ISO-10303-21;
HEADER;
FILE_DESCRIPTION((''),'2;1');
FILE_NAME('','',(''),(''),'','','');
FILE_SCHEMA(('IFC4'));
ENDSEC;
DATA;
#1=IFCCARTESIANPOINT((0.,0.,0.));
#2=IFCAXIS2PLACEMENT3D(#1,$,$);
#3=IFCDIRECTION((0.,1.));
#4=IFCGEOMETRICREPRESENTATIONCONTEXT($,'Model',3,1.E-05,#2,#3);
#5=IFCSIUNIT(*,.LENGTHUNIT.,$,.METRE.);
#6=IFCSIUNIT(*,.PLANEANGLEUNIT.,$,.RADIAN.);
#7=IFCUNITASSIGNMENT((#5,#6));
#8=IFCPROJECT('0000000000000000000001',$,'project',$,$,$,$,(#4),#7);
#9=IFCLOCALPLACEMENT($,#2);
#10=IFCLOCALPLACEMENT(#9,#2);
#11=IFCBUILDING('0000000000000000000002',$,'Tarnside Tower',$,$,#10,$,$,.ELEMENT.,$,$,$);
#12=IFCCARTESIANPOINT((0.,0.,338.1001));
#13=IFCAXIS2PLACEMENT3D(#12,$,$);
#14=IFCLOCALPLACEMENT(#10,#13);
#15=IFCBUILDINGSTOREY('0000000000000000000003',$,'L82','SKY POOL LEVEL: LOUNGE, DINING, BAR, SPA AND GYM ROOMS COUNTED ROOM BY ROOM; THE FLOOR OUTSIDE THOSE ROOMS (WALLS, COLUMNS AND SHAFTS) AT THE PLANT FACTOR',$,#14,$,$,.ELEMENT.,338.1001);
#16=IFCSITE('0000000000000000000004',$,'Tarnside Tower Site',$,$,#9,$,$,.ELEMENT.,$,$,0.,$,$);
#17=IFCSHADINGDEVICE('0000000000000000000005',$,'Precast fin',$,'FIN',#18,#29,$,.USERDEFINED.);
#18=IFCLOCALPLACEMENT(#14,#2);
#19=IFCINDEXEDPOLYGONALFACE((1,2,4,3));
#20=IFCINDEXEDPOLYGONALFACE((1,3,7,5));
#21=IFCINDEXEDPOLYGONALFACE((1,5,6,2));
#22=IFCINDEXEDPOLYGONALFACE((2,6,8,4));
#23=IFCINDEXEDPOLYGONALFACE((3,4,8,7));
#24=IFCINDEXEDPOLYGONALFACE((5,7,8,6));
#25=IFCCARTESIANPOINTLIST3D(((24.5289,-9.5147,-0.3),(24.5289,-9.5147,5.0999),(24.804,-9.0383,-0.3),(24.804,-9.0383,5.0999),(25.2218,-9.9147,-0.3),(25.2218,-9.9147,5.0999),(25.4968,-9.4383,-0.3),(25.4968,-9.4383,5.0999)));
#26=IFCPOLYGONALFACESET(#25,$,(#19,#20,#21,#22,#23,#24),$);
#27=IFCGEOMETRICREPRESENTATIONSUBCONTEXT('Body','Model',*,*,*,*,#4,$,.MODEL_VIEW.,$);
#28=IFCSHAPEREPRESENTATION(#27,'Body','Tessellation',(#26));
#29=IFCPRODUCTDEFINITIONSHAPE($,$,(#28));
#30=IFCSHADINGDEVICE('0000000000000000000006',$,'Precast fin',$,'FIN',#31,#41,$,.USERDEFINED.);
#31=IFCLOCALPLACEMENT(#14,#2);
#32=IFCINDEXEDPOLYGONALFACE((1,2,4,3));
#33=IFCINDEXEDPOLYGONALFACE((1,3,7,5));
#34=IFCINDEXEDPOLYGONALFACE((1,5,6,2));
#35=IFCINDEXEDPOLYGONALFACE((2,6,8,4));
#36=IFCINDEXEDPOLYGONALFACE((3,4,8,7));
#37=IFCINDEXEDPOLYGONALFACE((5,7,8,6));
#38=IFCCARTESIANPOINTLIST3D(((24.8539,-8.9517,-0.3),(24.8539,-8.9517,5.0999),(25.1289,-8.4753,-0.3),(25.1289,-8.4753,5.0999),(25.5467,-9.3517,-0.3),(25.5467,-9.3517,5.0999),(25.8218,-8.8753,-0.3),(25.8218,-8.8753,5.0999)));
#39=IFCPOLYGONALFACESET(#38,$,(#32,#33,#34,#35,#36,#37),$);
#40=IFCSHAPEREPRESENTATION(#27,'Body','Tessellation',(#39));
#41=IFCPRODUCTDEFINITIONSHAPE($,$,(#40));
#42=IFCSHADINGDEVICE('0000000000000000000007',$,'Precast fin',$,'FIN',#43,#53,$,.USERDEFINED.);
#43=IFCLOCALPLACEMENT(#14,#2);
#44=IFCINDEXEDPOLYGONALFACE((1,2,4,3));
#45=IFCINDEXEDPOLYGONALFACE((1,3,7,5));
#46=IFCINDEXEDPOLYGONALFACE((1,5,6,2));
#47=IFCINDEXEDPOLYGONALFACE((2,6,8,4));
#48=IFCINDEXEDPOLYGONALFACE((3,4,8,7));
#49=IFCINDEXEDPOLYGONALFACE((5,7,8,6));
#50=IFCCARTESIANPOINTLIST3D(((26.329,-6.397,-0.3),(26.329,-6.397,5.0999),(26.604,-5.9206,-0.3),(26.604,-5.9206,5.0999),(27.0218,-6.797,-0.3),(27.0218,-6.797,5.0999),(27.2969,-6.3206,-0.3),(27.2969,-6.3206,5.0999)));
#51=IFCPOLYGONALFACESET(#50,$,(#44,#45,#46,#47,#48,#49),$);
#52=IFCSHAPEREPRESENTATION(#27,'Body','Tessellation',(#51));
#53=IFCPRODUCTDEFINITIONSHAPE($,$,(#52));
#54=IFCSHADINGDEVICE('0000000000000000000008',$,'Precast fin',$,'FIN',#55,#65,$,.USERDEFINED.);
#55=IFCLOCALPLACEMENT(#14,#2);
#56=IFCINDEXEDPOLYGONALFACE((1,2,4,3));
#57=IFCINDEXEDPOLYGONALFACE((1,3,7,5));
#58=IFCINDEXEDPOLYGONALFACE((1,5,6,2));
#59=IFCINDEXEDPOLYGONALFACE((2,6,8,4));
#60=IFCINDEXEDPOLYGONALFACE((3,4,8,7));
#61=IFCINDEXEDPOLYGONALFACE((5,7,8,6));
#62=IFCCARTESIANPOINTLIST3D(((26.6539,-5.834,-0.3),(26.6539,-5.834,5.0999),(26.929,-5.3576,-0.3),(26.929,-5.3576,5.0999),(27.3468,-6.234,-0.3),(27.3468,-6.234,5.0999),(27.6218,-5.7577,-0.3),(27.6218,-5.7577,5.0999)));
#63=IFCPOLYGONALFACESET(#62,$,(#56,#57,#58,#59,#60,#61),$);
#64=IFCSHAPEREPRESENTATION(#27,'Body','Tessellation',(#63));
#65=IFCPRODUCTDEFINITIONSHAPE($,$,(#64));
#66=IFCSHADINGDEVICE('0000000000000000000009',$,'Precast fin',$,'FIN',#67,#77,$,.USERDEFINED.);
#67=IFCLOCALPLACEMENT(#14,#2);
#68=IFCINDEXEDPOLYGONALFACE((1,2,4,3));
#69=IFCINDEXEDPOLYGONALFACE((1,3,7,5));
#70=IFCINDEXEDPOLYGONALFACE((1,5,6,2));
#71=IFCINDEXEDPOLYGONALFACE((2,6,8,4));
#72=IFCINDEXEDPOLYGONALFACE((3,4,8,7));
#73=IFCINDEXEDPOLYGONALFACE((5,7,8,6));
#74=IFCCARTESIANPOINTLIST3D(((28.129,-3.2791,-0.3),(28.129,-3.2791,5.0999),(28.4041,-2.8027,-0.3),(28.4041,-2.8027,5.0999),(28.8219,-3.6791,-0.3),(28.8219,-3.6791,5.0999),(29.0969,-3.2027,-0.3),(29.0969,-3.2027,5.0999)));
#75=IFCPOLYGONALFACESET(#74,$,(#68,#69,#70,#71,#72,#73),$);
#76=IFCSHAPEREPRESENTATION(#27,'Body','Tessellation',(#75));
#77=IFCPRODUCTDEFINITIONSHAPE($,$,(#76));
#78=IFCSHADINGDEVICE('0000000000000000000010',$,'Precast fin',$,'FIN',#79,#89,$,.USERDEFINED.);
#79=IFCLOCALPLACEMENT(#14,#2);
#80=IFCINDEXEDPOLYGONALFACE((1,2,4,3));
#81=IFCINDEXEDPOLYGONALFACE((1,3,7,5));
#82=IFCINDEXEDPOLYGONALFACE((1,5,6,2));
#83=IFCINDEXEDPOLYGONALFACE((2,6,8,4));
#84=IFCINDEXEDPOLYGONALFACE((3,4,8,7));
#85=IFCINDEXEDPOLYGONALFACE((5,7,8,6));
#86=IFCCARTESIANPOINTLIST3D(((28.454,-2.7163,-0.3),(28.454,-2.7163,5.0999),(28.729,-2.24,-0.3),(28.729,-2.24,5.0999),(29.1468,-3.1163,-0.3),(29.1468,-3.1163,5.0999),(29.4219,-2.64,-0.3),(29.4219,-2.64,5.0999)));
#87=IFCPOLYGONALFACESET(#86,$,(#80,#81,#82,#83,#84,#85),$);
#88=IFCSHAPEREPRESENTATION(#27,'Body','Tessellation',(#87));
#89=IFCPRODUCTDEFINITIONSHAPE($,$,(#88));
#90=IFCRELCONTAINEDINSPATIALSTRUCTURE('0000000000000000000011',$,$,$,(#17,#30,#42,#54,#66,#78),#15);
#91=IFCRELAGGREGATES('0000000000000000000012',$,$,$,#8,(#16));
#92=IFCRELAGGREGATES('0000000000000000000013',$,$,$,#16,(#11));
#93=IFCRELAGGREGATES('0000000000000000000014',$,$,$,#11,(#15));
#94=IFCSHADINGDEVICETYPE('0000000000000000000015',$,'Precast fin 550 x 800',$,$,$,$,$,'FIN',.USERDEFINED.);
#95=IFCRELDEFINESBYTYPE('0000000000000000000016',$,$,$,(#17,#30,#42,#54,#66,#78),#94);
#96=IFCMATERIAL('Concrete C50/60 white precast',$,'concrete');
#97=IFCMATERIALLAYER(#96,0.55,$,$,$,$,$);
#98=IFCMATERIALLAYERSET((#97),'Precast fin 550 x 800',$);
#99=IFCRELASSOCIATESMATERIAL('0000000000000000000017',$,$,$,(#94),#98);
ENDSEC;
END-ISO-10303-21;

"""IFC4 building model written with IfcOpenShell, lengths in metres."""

from ifc_helpers import new_model, si_unit, direction, frame, origin, place, context, subcontext, project, spatial, polyline, outline, extrude, material, layer, layer_set, type_object, element, save


model = new_model("IFC4")

# Units and contexts
model_context = context("Model", 3, precision=1e-05, world=origin(), true_north=direction((0.0, 1.0)))
body_context = subcontext(model_context, "Body", "Model", "MODEL_VIEW")
ifc_project = project(units=[si_unit("LENGTHUNIT", "METRE"), si_unit("PLANEANGLEUNIT", "RADIAN")], contexts=[model_context])

# Site, building, storey
site_placement = place(None, origin())
site = spatial("IfcSite", under=ifc_project, at=site_placement, Name="Tarnside Tower Site", CompositionType="ELEMENT", RefElevation=0.0)
building_placement = place(site_placement, origin())
building = spatial("IfcBuilding", under=site, at=building_placement, Name="Tarnside Tower", CompositionType="ELEMENT")
storey_placement = place(building_placement, frame((0.0, 0.0, 338.1001)))
storey = spatial("IfcBuildingStorey", under=building, at=storey_placement, Name="L82", Description="SKY POOL LEVEL: LOUNGE, DINING, BAR, SPA AND GYM ROOMS COUNTED ROOM BY ROOM; THE FLOOR OUTSIDE THOSE ROOMS (WALLS, COLUMNS AND SHAFTS) AT THE PLANT FACTOR", CompositionType="ELEMENT", Elevation=338.1001)

# Shading devices
ifc_material_1 = material(Name="Concrete C50/60 white precast", Category="concrete")
ifc_layer_1 = layer(ifc_material_1, 0.55)
ifc_layer_set_1 = layer_set([ifc_layer_1], Name="Precast fin 550 x 800")
shading_device_type = type_object("IfcShadingDeviceType", Name="Precast fin 550 x 800", ElementType="FIN", PredefinedType="USERDEFINED", material=ifc_layer_set_1)
for number, where, z_axis, x_axis, name in (
    (1, (24.6665, -9.2764, -0.3), (-0.5, -0.866025, 0.0), (0.866025, -0.5, 0.0), "Precast fin"),
    (2, (24.9915, -8.7134, -0.3), (-0.5, -0.866025, 0.0), (0.866025, -0.5, 0.0), "Precast fin"),
    (3, (26.4666, -6.1587, -0.3), (-0.5, -0.866025, 0.0), (0.866025, -0.5, 0.0), "Precast fin"),
    (4, (26.7915, -5.5957, -0.3), (-0.5, -0.866025, 0.0), (0.866025, -0.5, 0.0), "Precast fin"),
    (5, (28.2666, -3.0408, -0.3), (-0.5, -0.866025, 0.0), (0.866025, -0.5, 0.0), "Precast fin"),
    (6, (28.5916, -2.478, -0.3), (-0.5, -0.866025, 0.0), (0.866025, -0.5, 0.0), "Precast fin"),
):
    element("IfcShadingDevice", number, at=place(storey_placement, frame(where, z_axis=z_axis, x_axis=x_axis)), inside=storey, type_object=shading_device_type, Name=name, ObjectType="FIN", PredefinedType="USERDEFINED", context=body_context, shape_type="SweptSolid", body=[
        extrude(outline(polyline([(0.0, 0.0), (0.8, 0.0), (0.8, 5.3999), (0.0, 5.3999), (0.0, 0.0)])), frame((0.0, 0.0, -0.2749)), (0.0, 0.0, 1.0), 0.55),
    ])

save(model, "model.ifc")
